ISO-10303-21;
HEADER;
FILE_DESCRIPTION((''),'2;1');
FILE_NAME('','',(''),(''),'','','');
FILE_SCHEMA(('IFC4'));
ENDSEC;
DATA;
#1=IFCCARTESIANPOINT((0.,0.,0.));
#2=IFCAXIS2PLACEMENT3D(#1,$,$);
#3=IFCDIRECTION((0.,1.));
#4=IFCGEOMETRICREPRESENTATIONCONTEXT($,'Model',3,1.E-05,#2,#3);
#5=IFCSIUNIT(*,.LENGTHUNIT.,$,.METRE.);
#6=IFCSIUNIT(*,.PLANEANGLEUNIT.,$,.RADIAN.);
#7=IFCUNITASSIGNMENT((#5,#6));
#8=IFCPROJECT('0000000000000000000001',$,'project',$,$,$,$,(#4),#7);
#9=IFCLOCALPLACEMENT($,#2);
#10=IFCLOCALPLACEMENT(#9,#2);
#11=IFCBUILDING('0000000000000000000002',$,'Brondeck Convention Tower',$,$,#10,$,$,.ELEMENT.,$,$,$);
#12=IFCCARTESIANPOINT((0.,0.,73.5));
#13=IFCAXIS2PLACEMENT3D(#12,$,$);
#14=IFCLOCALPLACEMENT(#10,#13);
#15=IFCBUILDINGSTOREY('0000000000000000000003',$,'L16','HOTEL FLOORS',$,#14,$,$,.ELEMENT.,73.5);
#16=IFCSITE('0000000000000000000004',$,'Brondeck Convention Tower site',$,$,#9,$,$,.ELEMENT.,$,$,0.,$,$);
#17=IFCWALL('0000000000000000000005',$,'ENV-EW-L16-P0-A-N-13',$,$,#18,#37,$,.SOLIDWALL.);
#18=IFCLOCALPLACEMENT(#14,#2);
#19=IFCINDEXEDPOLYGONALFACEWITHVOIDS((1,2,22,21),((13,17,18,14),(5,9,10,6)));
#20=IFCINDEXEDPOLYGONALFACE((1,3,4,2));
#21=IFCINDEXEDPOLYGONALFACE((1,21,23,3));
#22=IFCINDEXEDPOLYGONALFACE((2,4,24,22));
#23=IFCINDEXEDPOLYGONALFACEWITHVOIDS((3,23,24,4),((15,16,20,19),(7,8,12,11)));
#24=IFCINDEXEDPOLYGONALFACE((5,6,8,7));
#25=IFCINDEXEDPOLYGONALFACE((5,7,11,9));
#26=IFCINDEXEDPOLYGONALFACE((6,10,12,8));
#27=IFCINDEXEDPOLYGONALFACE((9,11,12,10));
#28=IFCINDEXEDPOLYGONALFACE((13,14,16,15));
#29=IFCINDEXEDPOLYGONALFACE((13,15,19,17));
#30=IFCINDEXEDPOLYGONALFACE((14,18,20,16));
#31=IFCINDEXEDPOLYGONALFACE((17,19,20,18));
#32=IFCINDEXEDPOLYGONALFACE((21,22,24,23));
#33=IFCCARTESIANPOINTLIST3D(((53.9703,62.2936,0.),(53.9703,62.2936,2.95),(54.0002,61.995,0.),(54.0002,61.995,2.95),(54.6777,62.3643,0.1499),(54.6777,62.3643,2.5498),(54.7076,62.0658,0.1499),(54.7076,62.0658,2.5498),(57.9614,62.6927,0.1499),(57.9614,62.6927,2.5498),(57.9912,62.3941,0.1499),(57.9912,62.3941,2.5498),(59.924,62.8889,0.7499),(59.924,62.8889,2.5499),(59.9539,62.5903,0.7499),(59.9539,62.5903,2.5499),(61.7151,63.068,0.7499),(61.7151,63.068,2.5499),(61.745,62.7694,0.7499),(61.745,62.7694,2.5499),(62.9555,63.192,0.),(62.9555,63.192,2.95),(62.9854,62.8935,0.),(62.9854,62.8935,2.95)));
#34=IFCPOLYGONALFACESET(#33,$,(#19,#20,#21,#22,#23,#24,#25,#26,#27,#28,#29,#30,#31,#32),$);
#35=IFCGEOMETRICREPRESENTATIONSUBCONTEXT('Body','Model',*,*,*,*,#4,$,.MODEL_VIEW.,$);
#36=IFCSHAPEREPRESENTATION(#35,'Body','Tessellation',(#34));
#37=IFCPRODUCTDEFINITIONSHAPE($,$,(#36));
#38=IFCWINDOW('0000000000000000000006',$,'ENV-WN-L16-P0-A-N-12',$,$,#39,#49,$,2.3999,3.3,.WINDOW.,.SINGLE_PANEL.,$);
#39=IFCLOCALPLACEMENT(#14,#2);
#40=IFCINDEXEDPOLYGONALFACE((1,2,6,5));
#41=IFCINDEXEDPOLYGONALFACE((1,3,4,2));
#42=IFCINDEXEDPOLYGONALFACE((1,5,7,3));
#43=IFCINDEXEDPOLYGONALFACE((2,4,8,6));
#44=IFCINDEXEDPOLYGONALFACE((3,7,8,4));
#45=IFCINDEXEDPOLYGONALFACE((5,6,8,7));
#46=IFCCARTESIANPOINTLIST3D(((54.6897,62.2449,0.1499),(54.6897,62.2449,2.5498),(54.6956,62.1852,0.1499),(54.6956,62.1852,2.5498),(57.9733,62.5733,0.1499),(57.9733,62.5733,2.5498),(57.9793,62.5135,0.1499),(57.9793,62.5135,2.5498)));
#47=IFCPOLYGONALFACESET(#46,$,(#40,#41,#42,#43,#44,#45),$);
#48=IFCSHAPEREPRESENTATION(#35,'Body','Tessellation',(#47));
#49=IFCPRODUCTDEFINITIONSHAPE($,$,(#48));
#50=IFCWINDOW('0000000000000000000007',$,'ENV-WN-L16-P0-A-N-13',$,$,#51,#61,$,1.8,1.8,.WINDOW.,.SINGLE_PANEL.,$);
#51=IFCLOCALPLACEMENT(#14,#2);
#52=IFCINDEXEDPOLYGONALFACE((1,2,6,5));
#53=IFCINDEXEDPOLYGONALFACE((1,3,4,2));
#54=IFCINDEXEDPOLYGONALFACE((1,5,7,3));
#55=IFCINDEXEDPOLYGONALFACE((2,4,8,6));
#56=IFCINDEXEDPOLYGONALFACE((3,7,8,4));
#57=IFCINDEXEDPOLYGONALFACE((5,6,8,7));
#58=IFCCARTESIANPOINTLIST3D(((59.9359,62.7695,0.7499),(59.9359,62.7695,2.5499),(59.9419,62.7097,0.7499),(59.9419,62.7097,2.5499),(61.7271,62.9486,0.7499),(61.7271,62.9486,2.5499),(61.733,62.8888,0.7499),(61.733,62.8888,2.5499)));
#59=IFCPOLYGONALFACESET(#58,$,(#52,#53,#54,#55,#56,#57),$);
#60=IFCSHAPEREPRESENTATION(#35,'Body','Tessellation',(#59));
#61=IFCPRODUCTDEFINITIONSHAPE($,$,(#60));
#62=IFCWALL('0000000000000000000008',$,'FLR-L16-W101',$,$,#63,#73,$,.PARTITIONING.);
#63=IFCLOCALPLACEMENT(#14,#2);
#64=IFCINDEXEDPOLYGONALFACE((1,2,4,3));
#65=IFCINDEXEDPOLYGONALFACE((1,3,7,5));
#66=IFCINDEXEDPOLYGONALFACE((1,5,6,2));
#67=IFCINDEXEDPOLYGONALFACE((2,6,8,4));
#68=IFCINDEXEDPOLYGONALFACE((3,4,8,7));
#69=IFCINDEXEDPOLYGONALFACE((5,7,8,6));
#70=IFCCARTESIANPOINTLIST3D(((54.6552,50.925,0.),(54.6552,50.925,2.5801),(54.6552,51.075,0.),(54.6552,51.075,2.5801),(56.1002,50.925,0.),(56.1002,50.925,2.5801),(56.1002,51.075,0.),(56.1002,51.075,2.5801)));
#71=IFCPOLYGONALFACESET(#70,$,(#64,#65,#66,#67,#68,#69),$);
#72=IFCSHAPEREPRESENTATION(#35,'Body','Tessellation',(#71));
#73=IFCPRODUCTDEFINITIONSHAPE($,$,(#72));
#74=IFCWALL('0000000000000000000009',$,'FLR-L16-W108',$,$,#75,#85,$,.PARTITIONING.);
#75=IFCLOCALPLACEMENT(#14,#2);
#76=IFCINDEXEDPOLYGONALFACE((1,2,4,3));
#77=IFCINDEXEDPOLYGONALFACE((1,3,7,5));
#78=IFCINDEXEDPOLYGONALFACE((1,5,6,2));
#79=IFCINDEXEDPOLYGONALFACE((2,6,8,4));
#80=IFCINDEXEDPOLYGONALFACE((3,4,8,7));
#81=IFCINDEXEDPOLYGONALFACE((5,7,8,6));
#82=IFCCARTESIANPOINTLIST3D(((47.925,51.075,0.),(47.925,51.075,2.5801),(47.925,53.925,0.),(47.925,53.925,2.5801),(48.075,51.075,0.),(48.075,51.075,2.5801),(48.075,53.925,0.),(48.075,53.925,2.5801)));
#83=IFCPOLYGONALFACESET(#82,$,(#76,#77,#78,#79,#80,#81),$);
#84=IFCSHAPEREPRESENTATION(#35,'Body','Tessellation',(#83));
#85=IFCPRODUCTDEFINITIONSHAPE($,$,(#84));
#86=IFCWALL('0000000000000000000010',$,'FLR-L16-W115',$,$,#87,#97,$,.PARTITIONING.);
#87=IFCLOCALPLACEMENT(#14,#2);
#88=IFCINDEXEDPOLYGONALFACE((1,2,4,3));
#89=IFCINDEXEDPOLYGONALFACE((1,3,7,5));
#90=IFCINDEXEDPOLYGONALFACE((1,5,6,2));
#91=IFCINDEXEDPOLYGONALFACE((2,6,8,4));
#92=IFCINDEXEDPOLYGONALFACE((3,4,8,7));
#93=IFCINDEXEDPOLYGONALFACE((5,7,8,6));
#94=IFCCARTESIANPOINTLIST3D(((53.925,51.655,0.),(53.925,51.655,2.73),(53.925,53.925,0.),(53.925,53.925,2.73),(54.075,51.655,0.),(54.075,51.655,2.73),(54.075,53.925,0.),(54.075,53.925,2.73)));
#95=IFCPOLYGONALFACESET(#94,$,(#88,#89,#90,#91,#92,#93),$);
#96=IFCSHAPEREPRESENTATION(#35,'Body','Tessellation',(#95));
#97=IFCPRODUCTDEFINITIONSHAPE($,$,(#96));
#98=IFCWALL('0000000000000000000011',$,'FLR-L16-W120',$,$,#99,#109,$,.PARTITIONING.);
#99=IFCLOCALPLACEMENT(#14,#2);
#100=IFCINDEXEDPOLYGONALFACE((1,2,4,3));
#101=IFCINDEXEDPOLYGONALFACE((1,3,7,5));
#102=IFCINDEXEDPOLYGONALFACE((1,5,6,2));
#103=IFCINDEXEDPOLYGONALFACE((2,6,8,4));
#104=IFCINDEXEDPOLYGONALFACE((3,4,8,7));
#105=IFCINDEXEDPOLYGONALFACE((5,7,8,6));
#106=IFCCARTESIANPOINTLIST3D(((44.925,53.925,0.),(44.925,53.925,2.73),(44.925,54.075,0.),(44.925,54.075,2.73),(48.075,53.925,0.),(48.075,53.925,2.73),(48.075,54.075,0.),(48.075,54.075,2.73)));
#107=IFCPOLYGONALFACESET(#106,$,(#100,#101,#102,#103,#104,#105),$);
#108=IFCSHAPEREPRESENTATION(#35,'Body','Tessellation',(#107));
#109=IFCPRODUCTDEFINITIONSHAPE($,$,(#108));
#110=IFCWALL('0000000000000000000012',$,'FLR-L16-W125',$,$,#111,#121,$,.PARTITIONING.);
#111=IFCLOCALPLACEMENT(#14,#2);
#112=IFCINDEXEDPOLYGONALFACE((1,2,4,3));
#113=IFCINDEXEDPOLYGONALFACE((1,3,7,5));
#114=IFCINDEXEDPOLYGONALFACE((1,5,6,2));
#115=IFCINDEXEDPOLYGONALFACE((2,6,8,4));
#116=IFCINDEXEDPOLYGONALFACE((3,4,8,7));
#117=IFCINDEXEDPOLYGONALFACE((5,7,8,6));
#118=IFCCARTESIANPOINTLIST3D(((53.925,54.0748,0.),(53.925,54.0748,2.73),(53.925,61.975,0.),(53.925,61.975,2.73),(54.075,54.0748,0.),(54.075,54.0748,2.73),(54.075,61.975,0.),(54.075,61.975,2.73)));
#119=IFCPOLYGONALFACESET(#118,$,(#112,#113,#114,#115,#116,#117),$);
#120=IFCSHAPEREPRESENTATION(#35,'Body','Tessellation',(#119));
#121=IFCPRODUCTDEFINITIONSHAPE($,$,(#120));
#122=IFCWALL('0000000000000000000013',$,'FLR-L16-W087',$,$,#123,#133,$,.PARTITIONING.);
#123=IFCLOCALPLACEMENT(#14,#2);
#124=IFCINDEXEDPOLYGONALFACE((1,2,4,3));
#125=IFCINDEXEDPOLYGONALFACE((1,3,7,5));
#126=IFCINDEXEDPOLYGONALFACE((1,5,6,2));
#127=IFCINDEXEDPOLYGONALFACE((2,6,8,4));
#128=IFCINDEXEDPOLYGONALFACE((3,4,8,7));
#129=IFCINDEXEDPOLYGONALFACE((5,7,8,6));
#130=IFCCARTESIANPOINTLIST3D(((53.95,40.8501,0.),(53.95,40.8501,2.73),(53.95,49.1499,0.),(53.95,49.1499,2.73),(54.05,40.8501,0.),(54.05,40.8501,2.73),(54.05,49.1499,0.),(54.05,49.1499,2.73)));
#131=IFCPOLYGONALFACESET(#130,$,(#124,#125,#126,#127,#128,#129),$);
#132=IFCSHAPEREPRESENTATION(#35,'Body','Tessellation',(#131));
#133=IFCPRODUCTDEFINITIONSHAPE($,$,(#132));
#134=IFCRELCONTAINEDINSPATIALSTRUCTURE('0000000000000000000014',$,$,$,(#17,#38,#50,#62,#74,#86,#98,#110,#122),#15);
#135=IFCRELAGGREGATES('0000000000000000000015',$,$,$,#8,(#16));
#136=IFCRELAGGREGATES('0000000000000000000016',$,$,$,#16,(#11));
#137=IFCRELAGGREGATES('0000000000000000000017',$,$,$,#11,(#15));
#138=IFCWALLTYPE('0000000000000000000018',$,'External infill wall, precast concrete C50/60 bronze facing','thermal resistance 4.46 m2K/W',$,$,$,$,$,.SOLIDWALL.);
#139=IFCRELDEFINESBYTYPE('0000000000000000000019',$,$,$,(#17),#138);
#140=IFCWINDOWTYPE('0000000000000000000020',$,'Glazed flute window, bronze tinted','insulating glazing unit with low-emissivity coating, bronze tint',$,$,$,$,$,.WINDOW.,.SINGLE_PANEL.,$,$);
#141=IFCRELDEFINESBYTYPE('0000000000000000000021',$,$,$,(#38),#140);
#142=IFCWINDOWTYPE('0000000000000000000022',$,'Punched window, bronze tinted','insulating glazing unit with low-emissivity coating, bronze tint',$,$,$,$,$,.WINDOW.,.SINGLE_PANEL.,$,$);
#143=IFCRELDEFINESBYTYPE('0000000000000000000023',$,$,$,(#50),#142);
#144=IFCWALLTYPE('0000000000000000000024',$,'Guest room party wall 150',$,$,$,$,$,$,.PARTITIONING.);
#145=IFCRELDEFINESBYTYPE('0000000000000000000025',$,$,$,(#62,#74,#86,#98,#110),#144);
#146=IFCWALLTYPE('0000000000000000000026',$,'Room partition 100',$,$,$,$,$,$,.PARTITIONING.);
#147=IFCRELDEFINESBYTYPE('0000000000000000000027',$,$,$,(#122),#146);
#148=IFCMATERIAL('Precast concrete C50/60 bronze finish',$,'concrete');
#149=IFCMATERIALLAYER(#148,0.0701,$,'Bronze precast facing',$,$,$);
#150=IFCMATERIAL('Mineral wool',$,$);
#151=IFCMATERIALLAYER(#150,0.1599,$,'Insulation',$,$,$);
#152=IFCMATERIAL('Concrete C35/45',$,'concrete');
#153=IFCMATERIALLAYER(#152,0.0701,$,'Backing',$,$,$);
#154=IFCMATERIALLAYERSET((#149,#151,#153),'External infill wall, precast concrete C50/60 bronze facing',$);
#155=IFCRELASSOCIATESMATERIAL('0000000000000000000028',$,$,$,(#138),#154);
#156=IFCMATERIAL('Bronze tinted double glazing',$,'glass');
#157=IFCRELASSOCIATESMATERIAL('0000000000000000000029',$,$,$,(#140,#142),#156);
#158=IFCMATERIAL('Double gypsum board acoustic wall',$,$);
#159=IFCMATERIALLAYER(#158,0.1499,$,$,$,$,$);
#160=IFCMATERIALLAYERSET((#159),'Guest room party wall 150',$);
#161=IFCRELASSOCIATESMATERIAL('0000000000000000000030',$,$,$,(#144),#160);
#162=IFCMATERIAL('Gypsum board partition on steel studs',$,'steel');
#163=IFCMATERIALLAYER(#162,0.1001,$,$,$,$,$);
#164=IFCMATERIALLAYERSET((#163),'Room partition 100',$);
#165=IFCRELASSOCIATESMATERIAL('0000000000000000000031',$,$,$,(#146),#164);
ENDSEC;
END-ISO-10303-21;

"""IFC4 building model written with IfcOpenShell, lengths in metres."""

from ifc_helpers import new_model, si_unit, direction, frame, frame_2d, origin, place, context, subcontext, project, spatial, rectangle, extrude, material, layer, layer_set, type_object, element, fill, save


model = new_model("IFC4")

# Units and contexts
model_context = context("Model", 3, precision=1e-05, world=origin(), true_north=direction((0.0, 1.0)))
body_context = subcontext(model_context, "Body", "Model", "MODEL_VIEW")
ifc_project = project(units=[si_unit("LENGTHUNIT", "METRE"), si_unit("PLANEANGLEUNIT", "RADIAN")], contexts=[model_context])

# Site, building, storey
site_placement = place(None, origin())
site = spatial("IfcSite", under=ifc_project, at=site_placement, Name="Brondeck Convention Tower site", CompositionType="ELEMENT", RefElevation=0.0)
building_placement = place(site_placement, origin())
building = spatial("IfcBuilding", under=site, at=building_placement, Name="Brondeck Convention Tower", CompositionType="ELEMENT")
storey_placement = place(building_placement, frame((0.0, 0.0, 73.5)))
storey = spatial("IfcBuildingStorey", under=building, at=storey_placement, Name="L16", Description="HOTEL FLOORS", CompositionType="ELEMENT", Elevation=73.5)

# Wall, openings, windows
ifc_material_1 = material(Name="Precast concrete C50/60 bronze finish", Category="concrete")
ifc_layer_1 = layer(ifc_material_1, 0.0701, Name="Bronze precast facing")
ifc_material_2 = material(Name="Mineral wool")
ifc_layer_2 = layer(ifc_material_2, 0.1599, Name="Insulation")
ifc_material_3 = material(Name="Concrete C35/45", Category="concrete")
ifc_layer_3 = layer(ifc_material_3, 0.0701, Name="Backing")
ifc_layer_set_1 = layer_set([ifc_layer_1, ifc_layer_2, ifc_layer_3], Name="External infill wall, precast concrete C50/60 bronze facing")
wall_type_1 = type_object("IfcWallType", Name="External infill wall, precast concrete C50/60 bronze facing", Description="thermal resistance 4.46 m2K/W", PredefinedType="SOLIDWALL", material=ifc_layer_set_1)
wall_1_placement = place(storey_placement, frame((53.9851, 62.1443, 0.0), z_axis=(0.0, 0.0, 1.0), x_axis=(0.995038, 0.099496, 0.0)))
wall_1 = element("IfcWall", 1, at=wall_1_placement, inside=storey, type_object=wall_type_1, Name="ENV-EW-L16-P0-A-N-13", PredefinedType="SOLIDWALL", context=body_context, shape_type="SweptSolid", body=[
    extrude(rectangle(XDim=9.03, YDim=0.3, at=frame_2d((4.5151, 0.0))), origin(), (0.0, 0.0, 1.0), 2.95),
])
opening_1_placement = place(wall_1_placement, frame((0.7112, 0.0, 0.1499)))
opening_1 = element("IfcOpeningElement", 2, at=opening_1_placement, cuts=wall_1, PredefinedType="OPENING", context=body_context, shape_type="SweptSolid", body=[
    extrude(rectangle(XDim=3.3, YDim=2.3999, at=frame_2d((1.6499, 1.2))), frame((0.0, 0.1599, 0.0), z_axis=(0.0, -1.0, 0.0), x_axis=(1.0, 0.0, 0.0)), (0.0, 0.0, 1.0), 0.3201),
])
opening_2_placement = place(wall_1_placement, frame((5.9836, 0.0, 0.75)))
opening_2 = element("IfcOpeningElement", 3, at=opening_2_placement, cuts=wall_1, PredefinedType="OPENING", context=body_context, shape_type="SweptSolid", body=[
    extrude(rectangle(XDim=1.8, YDim=1.8, at=frame_2d((0.8999, 0.8999))), frame((0.0, 0.1599, 0.0), z_axis=(0.0, -1.0, 0.0), x_axis=(1.0, 0.0, 0.0)), (0.0, 0.0, 1.0), 0.3201),
])
ifc_material_4 = material(Name="Bronze tinted double glazing", Category="glass")
window_type_1 = type_object("IfcWindowType", Name="Glazed flute window, bronze tinted", Description="insulating glazing unit with low-emissivity coating, bronze tint", PartitioningType="SINGLE_PANEL", PredefinedType="WINDOW", material=ifc_material_4)
window_1_placement = place(opening_1_placement, origin())
window_1 = element("IfcWindow", 4, at=window_1_placement, inside=storey, type_object=window_type_1, Name="ENV-WN-L16-P0-A-N-12", OverallHeight=2.3999, OverallWidth=3.3, PartitioningType="SINGLE_PANEL", PredefinedType="WINDOW", context=body_context, shape_type="SweptSolid", body=[
    extrude(rectangle(XDim=3.3, YDim=2.3999, at=frame_2d((1.6499, 1.2))), frame((0.0, 0.03, 0.0), z_axis=(0.0, -1.0, 0.0), x_axis=(1.0, 0.0, 0.0)), (0.0, 0.0, 1.0), 0.0601),
])
fill(opening_1, window_1)
window_type_2 = type_object("IfcWindowType", Name="Punched window, bronze tinted", Description="insulating glazing unit with low-emissivity coating, bronze tint", PartitioningType="SINGLE_PANEL", PredefinedType="WINDOW", material=ifc_material_4)
window_2_placement = place(opening_2_placement, origin())
window_2 = element("IfcWindow", 5, at=window_2_placement, inside=storey, type_object=window_type_2, Name="ENV-WN-L16-P0-A-N-13", OverallHeight=1.8, OverallWidth=1.8, PartitioningType="SINGLE_PANEL", PredefinedType="WINDOW", context=body_context, shape_type="SweptSolid", body=[
    extrude(rectangle(XDim=1.8, YDim=1.8, at=frame_2d((0.8999, 0.8999))), frame((0.0, 0.03, 0.0), z_axis=(0.0, -1.0, 0.0), x_axis=(1.0, 0.0, 0.0)), (0.0, 0.0, 1.0), 0.0601),
])
fill(opening_2, window_2)

# Walls
ifc_material_5 = material(Name="Double gypsum board acoustic wall")
ifc_layer_4 = layer(ifc_material_5, 0.1499)
ifc_layer_set_2 = layer_set([ifc_layer_4], Name="Guest room party wall 150")
wall_type_2 = type_object("IfcWallType", Name="Guest room party wall 150", PredefinedType="PARTITIONING", material=ifc_layer_set_2)
wall_2_placement = place(storey_placement, frame((54.655, 51.0, 0.0), z_axis=(0.0, 0.0, 1.0), x_axis=(1.0, 0.0, 0.0)))
element("IfcWall", 6, at=wall_2_placement, inside=storey, type_object=wall_type_2, Name="FLR-L16-W101", PredefinedType="PARTITIONING", context=body_context, shape_type="SweptSolid", body=[
    extrude(rectangle(XDim=1.4451, YDim=0.1499, at=frame_2d((0.7227, 0.0))), origin(), (0.0, 0.0, 1.0), 2.5801),
])
wall_3_placement = place(storey_placement, frame((48.0, 51.075, 0.0), z_axis=(0.0, 0.0, 1.0), x_axis=(0.0, 1.0, 0.0)))
element("IfcWall", 7, at=wall_3_placement, inside=storey, type_object=wall_type_2, Name="FLR-L16-W108", PredefinedType="PARTITIONING", context=body_context, shape_type="SweptSolid", body=[
    extrude(rectangle(XDim=2.8501, YDim=0.1499, at=frame_2d((1.425, 0.0))), origin(), (0.0, 0.0, 1.0), 2.5801),
])
wall_4_placement = place(storey_placement, frame((54.0, 53.925, 0.0), z_axis=(0.0, 0.0, 1.0), x_axis=(0.0, -1.0, 0.0)))
element("IfcWall", 8, at=wall_4_placement, inside=storey, type_object=wall_type_2, Name="FLR-L16-W115", PredefinedType="PARTITIONING", context=body_context, shape_type="SweptSolid", body=[
    extrude(rectangle(XDim=2.27, YDim=0.1499, at=frame_2d((1.135, 0.0))), origin(), (0.0, 0.0, 1.0), 2.73),
])
wall_5_placement = place(storey_placement, frame((48.075, 54.0, 0.0), z_axis=(0.0, 0.0, 1.0), x_axis=(-1.0, 0.0, 0.0)))
element("IfcWall", 9, at=wall_5_placement, inside=storey, type_object=wall_type_2, Name="FLR-L16-W120", PredefinedType="PARTITIONING", context=body_context, shape_type="SweptSolid", body=[
    extrude(rectangle(XDim=3.1499, YDim=0.1499, at=frame_2d((1.575, 0.0))), origin(), (0.0, 0.0, 1.0), 2.73),
])
wall_6_placement = place(storey_placement, frame((54.0, 61.9751, 0.0), z_axis=(0.0, 0.0, 1.0), x_axis=(0.0, -1.0, 0.0)))
element("IfcWall", 10, at=wall_6_placement, inside=storey, type_object=wall_type_2, Name="FLR-L16-W125", PredefinedType="PARTITIONING", context=body_context, shape_type="SweptSolid", body=[
    extrude(rectangle(XDim=7.9001, YDim=0.1499, at=frame_2d((3.9502, 0.0))), origin(), (0.0, 0.0, 1.0), 2.73),
])
ifc_material_6 = material(Name="Gypsum board partition on steel studs", Category="steel")
ifc_layer_5 = layer(ifc_material_6, 0.1001)
ifc_layer_set_3 = layer_set([ifc_layer_5], Name="Room partition 100")
wall_type_3 = type_object("IfcWallType", Name="Room partition 100", PredefinedType="PARTITIONING", material=ifc_layer_set_3)
wall_7_placement = place(storey_placement, frame((54.0, 49.1499, 0.0), z_axis=(0.0, 0.0, 1.0), x_axis=(0.0, -1.0, 0.0)))
element("IfcWall", 11, at=wall_7_placement, inside=storey, type_object=wall_type_3, Name="FLR-L16-W087", PredefinedType="PARTITIONING", context=body_context, shape_type="SweptSolid", body=[
    extrude(rectangle(XDim=8.2998, YDim=0.1001, at=frame_2d((4.1499, 0.0))), origin(), (0.0, 0.0, 1.0), 2.73),
])

save(model, "model.ifc")
